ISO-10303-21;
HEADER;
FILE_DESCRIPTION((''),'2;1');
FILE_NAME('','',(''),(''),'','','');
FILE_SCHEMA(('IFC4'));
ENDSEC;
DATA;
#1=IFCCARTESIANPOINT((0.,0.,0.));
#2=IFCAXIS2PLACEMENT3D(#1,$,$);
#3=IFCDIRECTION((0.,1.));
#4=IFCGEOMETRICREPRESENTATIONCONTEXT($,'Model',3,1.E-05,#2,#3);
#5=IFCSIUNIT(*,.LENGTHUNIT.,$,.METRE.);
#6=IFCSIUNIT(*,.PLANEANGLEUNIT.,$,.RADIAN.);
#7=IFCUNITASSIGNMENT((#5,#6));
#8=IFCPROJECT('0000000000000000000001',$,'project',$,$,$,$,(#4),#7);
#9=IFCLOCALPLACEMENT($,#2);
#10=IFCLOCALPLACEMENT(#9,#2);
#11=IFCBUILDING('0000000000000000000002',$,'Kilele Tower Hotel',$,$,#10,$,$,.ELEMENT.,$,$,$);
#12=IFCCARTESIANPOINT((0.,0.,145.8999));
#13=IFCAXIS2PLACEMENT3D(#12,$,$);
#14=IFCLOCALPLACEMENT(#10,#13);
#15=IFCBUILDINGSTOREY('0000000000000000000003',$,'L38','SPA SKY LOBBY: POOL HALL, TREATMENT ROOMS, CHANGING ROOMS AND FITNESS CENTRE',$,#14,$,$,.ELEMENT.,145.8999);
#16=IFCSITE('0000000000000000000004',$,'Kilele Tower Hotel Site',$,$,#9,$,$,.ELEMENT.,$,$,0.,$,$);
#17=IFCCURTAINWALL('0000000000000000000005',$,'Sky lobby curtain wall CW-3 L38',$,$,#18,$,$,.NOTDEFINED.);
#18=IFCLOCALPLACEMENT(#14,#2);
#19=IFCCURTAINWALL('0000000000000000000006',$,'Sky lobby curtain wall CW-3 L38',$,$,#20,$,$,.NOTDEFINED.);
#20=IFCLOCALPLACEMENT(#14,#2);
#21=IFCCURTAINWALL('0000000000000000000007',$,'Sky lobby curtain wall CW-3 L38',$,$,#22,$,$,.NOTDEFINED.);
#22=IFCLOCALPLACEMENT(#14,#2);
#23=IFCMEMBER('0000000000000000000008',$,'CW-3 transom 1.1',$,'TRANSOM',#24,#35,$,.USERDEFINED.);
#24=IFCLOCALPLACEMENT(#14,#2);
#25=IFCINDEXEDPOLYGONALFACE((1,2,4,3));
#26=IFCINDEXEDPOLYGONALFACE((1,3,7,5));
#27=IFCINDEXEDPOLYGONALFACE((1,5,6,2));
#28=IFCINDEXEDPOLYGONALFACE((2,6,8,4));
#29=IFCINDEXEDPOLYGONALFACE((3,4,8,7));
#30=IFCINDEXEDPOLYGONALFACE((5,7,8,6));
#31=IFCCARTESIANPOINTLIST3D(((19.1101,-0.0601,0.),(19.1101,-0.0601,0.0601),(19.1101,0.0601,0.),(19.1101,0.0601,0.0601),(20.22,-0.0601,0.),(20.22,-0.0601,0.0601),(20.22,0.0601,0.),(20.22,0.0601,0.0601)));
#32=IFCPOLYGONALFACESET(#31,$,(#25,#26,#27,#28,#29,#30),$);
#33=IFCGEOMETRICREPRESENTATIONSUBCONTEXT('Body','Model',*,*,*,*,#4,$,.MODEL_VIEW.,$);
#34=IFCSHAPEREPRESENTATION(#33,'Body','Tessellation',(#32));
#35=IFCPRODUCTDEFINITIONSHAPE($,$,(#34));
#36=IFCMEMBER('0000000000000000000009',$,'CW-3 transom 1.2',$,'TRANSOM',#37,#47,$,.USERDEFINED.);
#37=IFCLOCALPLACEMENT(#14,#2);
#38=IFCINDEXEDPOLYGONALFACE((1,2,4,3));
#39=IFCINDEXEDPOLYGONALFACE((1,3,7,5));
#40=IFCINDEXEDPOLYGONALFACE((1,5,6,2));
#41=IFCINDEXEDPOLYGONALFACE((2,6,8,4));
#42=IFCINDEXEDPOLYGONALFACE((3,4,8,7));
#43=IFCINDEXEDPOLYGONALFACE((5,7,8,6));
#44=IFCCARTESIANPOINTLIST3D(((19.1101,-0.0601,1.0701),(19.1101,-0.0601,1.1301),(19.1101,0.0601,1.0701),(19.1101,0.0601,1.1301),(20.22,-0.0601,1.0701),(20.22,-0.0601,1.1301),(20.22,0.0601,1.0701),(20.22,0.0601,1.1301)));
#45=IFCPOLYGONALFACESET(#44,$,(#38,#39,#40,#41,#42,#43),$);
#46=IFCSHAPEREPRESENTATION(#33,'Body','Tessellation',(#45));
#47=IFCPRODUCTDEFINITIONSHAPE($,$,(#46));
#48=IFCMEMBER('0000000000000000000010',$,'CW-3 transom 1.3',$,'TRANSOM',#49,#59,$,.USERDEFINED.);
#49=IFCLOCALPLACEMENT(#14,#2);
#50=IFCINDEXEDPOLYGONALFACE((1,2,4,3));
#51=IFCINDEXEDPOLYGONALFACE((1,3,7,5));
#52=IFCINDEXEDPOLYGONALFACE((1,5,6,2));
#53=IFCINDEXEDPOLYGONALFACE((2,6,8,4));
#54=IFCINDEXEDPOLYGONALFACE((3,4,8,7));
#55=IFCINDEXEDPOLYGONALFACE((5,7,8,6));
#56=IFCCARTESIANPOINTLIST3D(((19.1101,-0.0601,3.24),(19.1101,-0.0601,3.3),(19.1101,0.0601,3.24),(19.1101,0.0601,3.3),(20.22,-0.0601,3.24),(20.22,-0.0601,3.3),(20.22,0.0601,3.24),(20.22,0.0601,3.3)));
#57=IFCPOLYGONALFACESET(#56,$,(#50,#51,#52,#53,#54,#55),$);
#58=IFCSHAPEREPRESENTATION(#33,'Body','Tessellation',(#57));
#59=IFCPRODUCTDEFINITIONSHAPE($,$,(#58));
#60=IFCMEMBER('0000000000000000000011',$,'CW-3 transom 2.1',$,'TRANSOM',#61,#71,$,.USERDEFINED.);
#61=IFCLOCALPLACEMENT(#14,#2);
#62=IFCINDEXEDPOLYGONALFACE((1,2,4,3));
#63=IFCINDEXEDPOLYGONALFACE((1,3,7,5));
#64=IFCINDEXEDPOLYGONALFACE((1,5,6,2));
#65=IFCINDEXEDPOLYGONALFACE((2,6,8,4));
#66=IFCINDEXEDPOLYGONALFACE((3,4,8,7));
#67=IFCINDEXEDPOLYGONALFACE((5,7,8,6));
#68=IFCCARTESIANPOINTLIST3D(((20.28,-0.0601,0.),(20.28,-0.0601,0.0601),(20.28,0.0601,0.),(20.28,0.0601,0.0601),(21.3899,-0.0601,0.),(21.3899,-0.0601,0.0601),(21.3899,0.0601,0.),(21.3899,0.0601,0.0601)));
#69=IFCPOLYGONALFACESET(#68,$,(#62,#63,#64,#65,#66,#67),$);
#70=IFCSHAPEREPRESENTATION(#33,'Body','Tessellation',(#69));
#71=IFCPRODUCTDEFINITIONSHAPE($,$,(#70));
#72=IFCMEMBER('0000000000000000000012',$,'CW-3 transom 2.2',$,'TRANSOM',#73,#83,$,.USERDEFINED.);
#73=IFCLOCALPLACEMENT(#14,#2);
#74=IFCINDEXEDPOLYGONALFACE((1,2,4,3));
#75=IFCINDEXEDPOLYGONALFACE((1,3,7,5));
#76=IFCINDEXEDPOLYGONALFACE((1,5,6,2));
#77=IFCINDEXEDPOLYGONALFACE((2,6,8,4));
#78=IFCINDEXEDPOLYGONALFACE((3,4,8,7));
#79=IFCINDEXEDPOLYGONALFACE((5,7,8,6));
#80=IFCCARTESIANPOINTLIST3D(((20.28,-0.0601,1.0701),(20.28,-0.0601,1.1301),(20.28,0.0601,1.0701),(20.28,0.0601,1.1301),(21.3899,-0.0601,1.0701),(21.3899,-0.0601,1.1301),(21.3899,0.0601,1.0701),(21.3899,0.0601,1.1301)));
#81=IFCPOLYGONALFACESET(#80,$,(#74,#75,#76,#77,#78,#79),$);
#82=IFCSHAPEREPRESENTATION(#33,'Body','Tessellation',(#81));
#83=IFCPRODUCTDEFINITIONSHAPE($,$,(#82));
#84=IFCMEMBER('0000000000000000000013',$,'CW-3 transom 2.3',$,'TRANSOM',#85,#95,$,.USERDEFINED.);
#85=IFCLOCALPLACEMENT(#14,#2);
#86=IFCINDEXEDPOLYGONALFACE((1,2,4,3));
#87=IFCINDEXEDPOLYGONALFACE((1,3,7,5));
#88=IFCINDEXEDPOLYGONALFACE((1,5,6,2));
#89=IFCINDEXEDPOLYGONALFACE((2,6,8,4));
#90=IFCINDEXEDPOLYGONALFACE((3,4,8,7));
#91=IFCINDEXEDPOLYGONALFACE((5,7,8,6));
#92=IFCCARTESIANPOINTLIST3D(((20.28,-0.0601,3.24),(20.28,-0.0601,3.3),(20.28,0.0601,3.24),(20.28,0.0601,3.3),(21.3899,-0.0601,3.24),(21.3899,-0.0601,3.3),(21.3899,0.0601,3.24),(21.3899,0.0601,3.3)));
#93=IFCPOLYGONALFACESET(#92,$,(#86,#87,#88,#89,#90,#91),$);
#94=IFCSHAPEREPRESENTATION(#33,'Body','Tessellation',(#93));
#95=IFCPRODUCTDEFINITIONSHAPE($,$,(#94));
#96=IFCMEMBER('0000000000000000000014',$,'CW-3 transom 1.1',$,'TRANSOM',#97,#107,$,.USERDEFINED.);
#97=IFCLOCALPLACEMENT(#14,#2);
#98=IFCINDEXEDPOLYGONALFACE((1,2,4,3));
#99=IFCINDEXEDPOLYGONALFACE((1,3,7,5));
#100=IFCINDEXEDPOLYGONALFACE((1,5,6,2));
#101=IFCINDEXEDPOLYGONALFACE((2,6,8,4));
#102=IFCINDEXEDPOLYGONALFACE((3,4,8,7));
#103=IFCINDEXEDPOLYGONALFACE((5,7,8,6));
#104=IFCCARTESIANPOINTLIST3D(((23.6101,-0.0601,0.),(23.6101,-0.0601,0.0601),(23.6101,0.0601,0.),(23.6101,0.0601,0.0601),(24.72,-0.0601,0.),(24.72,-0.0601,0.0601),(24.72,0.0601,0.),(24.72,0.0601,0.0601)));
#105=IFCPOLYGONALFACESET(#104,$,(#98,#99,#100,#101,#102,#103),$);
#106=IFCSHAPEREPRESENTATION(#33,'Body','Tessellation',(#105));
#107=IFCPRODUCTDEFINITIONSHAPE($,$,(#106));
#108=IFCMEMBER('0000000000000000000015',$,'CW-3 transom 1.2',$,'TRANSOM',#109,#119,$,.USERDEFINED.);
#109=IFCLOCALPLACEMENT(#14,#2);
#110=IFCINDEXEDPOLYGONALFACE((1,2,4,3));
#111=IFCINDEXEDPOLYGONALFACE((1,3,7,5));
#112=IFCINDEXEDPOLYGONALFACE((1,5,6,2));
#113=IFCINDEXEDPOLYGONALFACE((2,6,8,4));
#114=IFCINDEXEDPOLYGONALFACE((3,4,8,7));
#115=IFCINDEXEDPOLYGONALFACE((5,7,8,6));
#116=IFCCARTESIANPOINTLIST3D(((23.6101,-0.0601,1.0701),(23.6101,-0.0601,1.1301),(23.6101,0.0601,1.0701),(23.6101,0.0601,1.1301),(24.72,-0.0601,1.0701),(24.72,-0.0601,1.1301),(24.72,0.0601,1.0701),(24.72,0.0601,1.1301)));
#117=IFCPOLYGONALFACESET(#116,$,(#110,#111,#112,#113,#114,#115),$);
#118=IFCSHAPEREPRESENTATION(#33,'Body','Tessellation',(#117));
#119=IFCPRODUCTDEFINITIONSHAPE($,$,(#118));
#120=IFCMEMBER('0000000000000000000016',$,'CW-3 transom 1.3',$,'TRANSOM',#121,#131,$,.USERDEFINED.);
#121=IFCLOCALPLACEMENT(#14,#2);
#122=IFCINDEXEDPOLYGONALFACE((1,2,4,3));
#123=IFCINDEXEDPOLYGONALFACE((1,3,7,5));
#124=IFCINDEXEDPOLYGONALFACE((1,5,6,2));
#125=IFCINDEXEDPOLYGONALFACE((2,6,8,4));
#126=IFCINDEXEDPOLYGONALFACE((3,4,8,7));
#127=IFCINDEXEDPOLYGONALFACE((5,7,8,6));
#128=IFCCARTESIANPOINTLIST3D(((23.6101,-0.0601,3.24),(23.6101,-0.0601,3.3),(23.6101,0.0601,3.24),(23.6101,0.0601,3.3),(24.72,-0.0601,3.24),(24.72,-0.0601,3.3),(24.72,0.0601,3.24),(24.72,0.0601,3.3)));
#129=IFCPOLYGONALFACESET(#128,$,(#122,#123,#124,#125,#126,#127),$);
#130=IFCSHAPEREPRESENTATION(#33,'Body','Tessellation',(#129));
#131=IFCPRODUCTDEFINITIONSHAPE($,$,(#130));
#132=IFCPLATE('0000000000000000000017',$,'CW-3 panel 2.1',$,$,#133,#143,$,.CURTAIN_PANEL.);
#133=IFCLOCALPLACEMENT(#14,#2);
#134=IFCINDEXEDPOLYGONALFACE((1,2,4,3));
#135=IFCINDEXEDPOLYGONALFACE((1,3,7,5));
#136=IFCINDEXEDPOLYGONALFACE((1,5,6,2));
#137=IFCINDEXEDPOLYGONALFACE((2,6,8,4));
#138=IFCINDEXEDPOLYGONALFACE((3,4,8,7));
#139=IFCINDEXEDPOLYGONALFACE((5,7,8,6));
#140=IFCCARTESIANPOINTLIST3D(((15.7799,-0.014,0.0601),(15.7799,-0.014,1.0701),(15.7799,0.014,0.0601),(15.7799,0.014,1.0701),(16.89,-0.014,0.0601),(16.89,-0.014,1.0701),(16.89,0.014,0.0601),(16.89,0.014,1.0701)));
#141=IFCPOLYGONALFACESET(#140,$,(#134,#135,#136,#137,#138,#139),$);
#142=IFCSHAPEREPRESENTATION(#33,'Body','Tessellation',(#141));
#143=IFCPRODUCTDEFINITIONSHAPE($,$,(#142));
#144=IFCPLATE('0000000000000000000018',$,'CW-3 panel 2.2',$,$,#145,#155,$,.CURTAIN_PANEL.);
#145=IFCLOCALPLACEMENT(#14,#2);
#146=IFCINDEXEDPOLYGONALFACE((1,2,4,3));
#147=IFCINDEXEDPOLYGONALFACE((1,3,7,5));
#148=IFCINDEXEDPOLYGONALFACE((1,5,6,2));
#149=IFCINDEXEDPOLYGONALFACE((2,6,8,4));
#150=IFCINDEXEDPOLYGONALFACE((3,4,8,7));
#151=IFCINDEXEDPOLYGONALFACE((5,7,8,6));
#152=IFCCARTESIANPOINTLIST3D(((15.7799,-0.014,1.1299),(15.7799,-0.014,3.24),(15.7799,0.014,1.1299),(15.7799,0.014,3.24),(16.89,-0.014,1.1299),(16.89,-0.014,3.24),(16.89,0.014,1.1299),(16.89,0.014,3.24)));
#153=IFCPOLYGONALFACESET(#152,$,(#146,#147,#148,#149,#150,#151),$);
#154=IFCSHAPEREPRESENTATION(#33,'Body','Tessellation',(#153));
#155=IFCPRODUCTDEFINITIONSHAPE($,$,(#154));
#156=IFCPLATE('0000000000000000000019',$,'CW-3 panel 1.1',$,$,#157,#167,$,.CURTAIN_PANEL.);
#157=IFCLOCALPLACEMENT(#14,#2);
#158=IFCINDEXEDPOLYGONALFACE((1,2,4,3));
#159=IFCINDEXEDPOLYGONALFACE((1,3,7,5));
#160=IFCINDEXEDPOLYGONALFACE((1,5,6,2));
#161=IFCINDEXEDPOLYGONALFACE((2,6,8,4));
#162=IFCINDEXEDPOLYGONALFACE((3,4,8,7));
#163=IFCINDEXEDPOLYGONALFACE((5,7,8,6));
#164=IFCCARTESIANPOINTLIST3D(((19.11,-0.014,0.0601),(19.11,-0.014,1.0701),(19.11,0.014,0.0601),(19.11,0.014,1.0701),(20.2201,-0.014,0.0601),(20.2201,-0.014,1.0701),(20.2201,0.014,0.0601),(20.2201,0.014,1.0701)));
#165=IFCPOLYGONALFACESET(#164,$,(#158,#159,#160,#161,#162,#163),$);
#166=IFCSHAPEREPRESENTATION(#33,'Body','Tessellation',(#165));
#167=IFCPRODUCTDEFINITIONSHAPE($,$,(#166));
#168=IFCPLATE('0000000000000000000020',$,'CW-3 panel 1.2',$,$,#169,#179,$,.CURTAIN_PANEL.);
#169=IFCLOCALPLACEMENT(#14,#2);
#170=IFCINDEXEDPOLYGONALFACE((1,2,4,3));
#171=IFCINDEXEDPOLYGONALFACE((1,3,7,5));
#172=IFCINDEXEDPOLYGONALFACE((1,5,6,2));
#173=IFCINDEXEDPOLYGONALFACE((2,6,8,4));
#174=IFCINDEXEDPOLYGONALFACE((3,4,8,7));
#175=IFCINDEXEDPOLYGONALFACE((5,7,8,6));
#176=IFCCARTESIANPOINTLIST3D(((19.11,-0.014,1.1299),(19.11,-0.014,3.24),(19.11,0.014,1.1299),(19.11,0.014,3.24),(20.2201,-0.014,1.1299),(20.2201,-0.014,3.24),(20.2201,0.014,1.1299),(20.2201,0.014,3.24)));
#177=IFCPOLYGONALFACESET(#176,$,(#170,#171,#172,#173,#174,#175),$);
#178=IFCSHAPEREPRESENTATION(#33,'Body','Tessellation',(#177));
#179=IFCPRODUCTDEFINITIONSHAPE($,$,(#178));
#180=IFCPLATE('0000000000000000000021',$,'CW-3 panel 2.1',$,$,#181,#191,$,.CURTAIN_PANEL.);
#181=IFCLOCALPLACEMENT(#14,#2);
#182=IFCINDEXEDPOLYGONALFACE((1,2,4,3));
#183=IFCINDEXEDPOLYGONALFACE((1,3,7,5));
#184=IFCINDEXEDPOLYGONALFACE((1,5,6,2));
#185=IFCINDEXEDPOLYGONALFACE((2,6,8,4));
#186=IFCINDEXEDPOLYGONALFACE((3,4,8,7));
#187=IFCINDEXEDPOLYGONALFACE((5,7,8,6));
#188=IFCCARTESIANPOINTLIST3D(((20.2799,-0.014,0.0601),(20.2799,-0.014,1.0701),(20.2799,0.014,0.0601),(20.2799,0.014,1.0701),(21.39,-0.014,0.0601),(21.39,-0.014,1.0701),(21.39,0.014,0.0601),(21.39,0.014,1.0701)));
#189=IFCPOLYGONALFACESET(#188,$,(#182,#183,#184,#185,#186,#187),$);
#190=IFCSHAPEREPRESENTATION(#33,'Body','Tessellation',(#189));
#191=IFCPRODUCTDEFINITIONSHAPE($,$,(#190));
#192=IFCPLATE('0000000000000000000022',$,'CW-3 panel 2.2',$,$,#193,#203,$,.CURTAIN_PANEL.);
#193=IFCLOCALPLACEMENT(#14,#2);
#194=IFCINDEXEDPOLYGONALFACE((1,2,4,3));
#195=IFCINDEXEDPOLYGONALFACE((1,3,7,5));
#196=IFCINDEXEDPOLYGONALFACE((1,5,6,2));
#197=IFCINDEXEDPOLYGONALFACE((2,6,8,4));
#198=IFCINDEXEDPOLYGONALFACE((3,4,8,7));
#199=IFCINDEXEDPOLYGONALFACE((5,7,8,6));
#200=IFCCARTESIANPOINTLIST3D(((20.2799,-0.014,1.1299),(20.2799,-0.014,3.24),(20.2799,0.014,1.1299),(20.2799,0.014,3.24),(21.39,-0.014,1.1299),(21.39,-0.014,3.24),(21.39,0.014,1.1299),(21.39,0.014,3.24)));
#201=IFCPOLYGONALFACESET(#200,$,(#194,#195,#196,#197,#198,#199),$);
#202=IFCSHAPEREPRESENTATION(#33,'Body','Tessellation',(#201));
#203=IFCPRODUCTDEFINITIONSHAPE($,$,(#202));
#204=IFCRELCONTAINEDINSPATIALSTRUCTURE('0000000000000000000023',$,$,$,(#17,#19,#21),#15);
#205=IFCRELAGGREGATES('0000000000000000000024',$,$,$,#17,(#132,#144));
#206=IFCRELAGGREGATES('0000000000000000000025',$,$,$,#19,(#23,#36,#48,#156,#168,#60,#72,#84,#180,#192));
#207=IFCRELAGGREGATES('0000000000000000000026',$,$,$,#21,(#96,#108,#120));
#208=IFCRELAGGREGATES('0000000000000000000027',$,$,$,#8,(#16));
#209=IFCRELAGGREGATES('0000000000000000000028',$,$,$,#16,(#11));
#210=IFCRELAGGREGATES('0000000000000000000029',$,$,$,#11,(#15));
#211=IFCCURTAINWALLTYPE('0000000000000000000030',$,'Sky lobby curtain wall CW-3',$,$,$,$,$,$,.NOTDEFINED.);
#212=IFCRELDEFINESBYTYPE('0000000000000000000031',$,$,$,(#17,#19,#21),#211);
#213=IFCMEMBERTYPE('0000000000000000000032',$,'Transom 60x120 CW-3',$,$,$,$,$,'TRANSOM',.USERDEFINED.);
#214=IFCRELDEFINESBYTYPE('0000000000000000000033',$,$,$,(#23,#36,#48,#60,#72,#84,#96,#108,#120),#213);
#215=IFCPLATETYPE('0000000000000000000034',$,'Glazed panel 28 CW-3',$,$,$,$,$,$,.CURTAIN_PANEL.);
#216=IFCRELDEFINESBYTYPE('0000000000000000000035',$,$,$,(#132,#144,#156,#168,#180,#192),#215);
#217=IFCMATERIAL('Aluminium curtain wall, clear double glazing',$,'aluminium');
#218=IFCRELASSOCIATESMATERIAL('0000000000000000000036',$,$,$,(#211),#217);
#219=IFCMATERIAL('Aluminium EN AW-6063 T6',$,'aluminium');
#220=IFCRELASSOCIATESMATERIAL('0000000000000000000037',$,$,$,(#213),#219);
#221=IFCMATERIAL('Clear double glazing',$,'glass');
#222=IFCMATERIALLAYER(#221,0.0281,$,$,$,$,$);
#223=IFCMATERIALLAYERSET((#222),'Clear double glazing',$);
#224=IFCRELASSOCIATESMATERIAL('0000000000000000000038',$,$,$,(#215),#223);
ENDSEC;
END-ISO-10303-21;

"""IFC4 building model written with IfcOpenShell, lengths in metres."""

from ifc_helpers import new_model, si_unit, direction, frame, origin, origin_2d, place, context, subcontext, project, spatial, rectangle, extrude, material, layer, layer_set, material_profile, profile_set, type_object, element, aggregate, save


model = new_model("IFC4")

# Units and contexts
model_context = context("Model", 3, precision=1e-05, world=origin(), true_north=direction((0.0, 1.0)))
body_context = subcontext(model_context, "Body", "Model", "MODEL_VIEW")
ifc_project = project(units=[si_unit("LENGTHUNIT", "METRE"), si_unit("PLANEANGLEUNIT", "RADIAN")], contexts=[model_context])

# Site, building, storey
site_placement = place(None, origin())
site = spatial("IfcSite", under=ifc_project, at=site_placement, Name="Kilele Tower Hotel Site", CompositionType="ELEMENT", RefElevation=0.0)
building_placement = place(site_placement, origin())
building = spatial("IfcBuilding", under=site, at=building_placement, Name="Kilele Tower Hotel", CompositionType="ELEMENT")
storey_placement = place(building_placement, frame((0.0, 0.0, 145.8999)))
storey = spatial("IfcBuildingStorey", under=building, at=storey_placement, Name="L38", Description="SPA SKY LOBBY: POOL HALL, TREATMENT ROOMS, CHANGING ROOMS AND FITNESS CENTRE", CompositionType="ELEMENT", Elevation=145.8999)

# Curtain walls
ifc_material_1 = material(Name="Aluminium curtain wall, clear double glazing", Category="aluminium")
curtain_wall_type = type_object("IfcCurtainWallType", Name="Sky lobby curtain wall CW-3", PredefinedType="NOTDEFINED", material=ifc_material_1)
curtain_wall_1_placement = place(storey_placement, origin())
curtain_wall_1 = element("IfcCurtainWall", 1, at=curtain_wall_1_placement, inside=storey, type_object=curtain_wall_type, Name="Sky lobby curtain wall CW-3 L38", PredefinedType="NOTDEFINED")
curtain_wall_2_placement = place(storey_placement, origin())
curtain_wall_2 = element("IfcCurtainWall", 2, at=curtain_wall_2_placement, inside=storey, type_object=curtain_wall_type, Name="Sky lobby curtain wall CW-3 L38", PredefinedType="NOTDEFINED")

# Curtain wall
curtain_wall_3_placement = place(storey_placement, origin())
curtain_wall_3 = element("IfcCurtainWall", 3, at=curtain_wall_3_placement, inside=storey, type_object=curtain_wall_type, Name="Sky lobby curtain wall CW-3 L38", PredefinedType="NOTDEFINED")

# Members
ifc_material_2 = material(Name="Aluminium EN AW-6063 T6", Category="aluminium")
ifc_material_profile_1 = material_profile(ifc_material_2, rectangle(XDim=0.1201, YDim=0.0601, at=origin_2d()))
ifc_profile_set_1 = profile_set([ifc_material_profile_1], Name="Aluminium EN AW-6063 T6")
member_type_1 = type_object("IfcMemberType", Name="Transom 60x120 CW-3", ElementType="TRANSOM", PredefinedType="USERDEFINED", material=ifc_profile_set_1)
member_1_placement = place(storey_placement, frame((19.1101, 0.0, 0.03), z_axis=(1.0, 0.0, 0.0), x_axis=(0.0, 1.0, 0.0)))
member_1 = element("IfcMember", 4, at=member_1_placement, type_object=member_type_1, Name="CW-3 transom 1.1", ObjectType="TRANSOM", PredefinedType="USERDEFINED", context=body_context, shape_type="SweptSolid", body=[
    extrude(rectangle(XDim=0.1201, YDim=0.0601, at=origin_2d()), origin(), (0.0, 0.0, 1.0), 1.1099),
])
member_2_placement = place(storey_placement, frame((19.1101, 0.0, 1.1001), z_axis=(1.0, 0.0, 0.0), x_axis=(0.0, 1.0, 0.0)))
member_2 = element("IfcMember", 5, at=member_2_placement, type_object=member_type_1, Name="CW-3 transom 1.2", ObjectType="TRANSOM", PredefinedType="USERDEFINED", context=body_context, shape_type="SweptSolid", body=[
    extrude(rectangle(XDim=0.1201, YDim=0.0601, at=origin_2d()), origin(), (0.0, 0.0, 1.0), 1.1099),
])
member_3_placement = place(storey_placement, frame((19.1101, 0.0, 3.27), z_axis=(1.0, 0.0, 0.0), x_axis=(0.0, 1.0, 0.0)))
member_3 = element("IfcMember", 6, at=member_3_placement, type_object=member_type_1, Name="CW-3 transom 1.3", ObjectType="TRANSOM", PredefinedType="USERDEFINED", context=body_context, shape_type="SweptSolid", body=[
    extrude(rectangle(XDim=0.1201, YDim=0.0601, at=origin_2d()), origin(), (0.0, 0.0, 1.0), 1.1099),
])
member_4_placement = place(storey_placement, frame((20.28, 0.0, 0.03), z_axis=(1.0, 0.0, 0.0), x_axis=(0.0, 1.0, 0.0)))
member_4 = element("IfcMember", 7, at=member_4_placement, type_object=member_type_1, Name="CW-3 transom 2.1", ObjectType="TRANSOM", PredefinedType="USERDEFINED", context=body_context, shape_type="SweptSolid", body=[
    extrude(rectangle(XDim=0.1201, YDim=0.0601, at=origin_2d()), origin(), (0.0, 0.0, 1.0), 1.1099),
])
member_5_placement = place(storey_placement, frame((20.28, 0.0, 1.1001), z_axis=(1.0, 0.0, 0.0), x_axis=(0.0, 1.0, 0.0)))
member_5 = element("IfcMember", 8, at=member_5_placement, type_object=member_type_1, Name="CW-3 transom 2.2", ObjectType="TRANSOM", PredefinedType="USERDEFINED", context=body_context, shape_type="SweptSolid", body=[
    extrude(rectangle(XDim=0.1201, YDim=0.0601, at=origin_2d()), origin(), (0.0, 0.0, 1.0), 1.1099),
])
member_6_placement = place(storey_placement, frame((20.28, 0.0, 3.27), z_axis=(1.0, 0.0, 0.0), x_axis=(0.0, 1.0, 0.0)))
member_6 = element("IfcMember", 9, at=member_6_placement, type_object=member_type_1, Name="CW-3 transom 2.3", ObjectType="TRANSOM", PredefinedType="USERDEFINED", context=body_context, shape_type="SweptSolid", body=[
    extrude(rectangle(XDim=0.1201, YDim=0.0601, at=origin_2d()), origin(), (0.0, 0.0, 1.0), 1.1099),
])
member_7_placement = place(storey_placement, frame((23.6101, 0.0, 0.03), z_axis=(1.0, 0.0, 0.0), x_axis=(0.0, 1.0, 0.0)))
member_7 = element("IfcMember", 10, at=member_7_placement, type_object=member_type_1, Name="CW-3 transom 1.1", ObjectType="TRANSOM", PredefinedType="USERDEFINED", context=body_context, shape_type="SweptSolid", body=[
    extrude(rectangle(XDim=0.1201, YDim=0.0601, at=origin_2d()), origin(), (0.0, 0.0, 1.0), 1.1099),
])
member_8_placement = place(storey_placement, frame((23.6101, 0.0, 1.1001), z_axis=(1.0, 0.0, 0.0), x_axis=(0.0, 1.0, 0.0)))
member_8 = element("IfcMember", 11, at=member_8_placement, type_object=member_type_1, Name="CW-3 transom 1.2", ObjectType="TRANSOM", PredefinedType="USERDEFINED", context=body_context, shape_type="SweptSolid", body=[
    extrude(rectangle(XDim=0.1201, YDim=0.0601, at=origin_2d()), origin(), (0.0, 0.0, 1.0), 1.1099),
])
member_9_placement = place(storey_placement, frame((23.6101, 0.0, 3.27), z_axis=(1.0, 0.0, 0.0), x_axis=(0.0, 1.0, 0.0)))
member_9 = element("IfcMember", 12, at=member_9_placement, type_object=member_type_1, Name="CW-3 transom 1.3", ObjectType="TRANSOM", PredefinedType="USERDEFINED", context=body_context, shape_type="SweptSolid", body=[
    extrude(rectangle(XDim=0.1201, YDim=0.0601, at=origin_2d()), origin(), (0.0, 0.0, 1.0), 1.1099),
])

# Plates
ifc_material_3 = material(Name="Clear double glazing", Category="glass")
ifc_layer_1 = layer(ifc_material_3, 0.0281)
ifc_layer_set_1 = layer_set([ifc_layer_1], Name="Clear double glazing")
plate_type = type_object("IfcPlateType", Name="Glazed panel 28 CW-3", PredefinedType="CURTAIN_PANEL", material=ifc_layer_set_1)
plate_1_placement = place(storey_placement, frame((16.335, 0.0, 0.0601), z_axis=(0.0, 0.0, 1.0), x_axis=(1.0, 0.0, 0.0)))
plate_1 = element("IfcPlate", 13, at=plate_1_placement, type_object=plate_type, Name="CW-3 panel 2.1", PredefinedType="CURTAIN_PANEL", context=body_context, shape_type="SweptSolid", body=[
    extrude(rectangle(XDim=1.1101, YDim=0.0281, at=origin_2d()), origin(), (0.0, 0.0, 1.0), 1.01),
])
plate_2_placement = place(storey_placement, frame((16.335, 0.0, 1.1299), z_axis=(0.0, 0.0, 1.0), x_axis=(1.0, 0.0, 0.0)))
plate_2 = element("IfcPlate", 14, at=plate_2_placement, type_object=plate_type, Name="CW-3 panel 2.2", PredefinedType="CURTAIN_PANEL", context=body_context, shape_type="SweptSolid", body=[
    extrude(rectangle(XDim=1.1101, YDim=0.0281, at=origin_2d()), origin(), (0.0, 0.0, 1.0), 2.1101),
])
aggregate(curtain_wall_1, [plate_1, plate_2])
plate_3_placement = place(storey_placement, frame((19.665, 0.0, 0.0601), z_axis=(0.0, 0.0, 1.0), x_axis=(1.0, 0.0, 0.0)))
plate_3 = element("IfcPlate", 15, at=plate_3_placement, type_object=plate_type, Name="CW-3 panel 1.1", PredefinedType="CURTAIN_PANEL", context=body_context, shape_type="SweptSolid", body=[
    extrude(rectangle(XDim=1.1101, YDim=0.0281, at=origin_2d()), origin(), (0.0, 0.0, 1.0), 1.01),
])
plate_4_placement = place(storey_placement, frame((19.665, 0.0, 1.1299), z_axis=(0.0, 0.0, 1.0), x_axis=(1.0, 0.0, 0.0)))
plate_4 = element("IfcPlate", 16, at=plate_4_placement, type_object=plate_type, Name="CW-3 panel 1.2", PredefinedType="CURTAIN_PANEL", context=body_context, shape_type="SweptSolid", body=[
    extrude(rectangle(XDim=1.1101, YDim=0.0281, at=origin_2d()), origin(), (0.0, 0.0, 1.0), 2.1101),
])
plate_5_placement = place(storey_placement, frame((20.835, 0.0, 0.0601), z_axis=(0.0, 0.0, 1.0), x_axis=(1.0, 0.0, 0.0)))
plate_5 = element("IfcPlate", 17, at=plate_5_placement, type_object=plate_type, Name="CW-3 panel 2.1", PredefinedType="CURTAIN_PANEL", context=body_context, shape_type="SweptSolid", body=[
    extrude(rectangle(XDim=1.1101, YDim=0.0281, at=origin_2d()), origin(), (0.0, 0.0, 1.0), 1.01),
])
plate_6_placement = place(storey_placement, frame((20.835, 0.0, 1.1299), z_axis=(0.0, 0.0, 1.0), x_axis=(1.0, 0.0, 0.0)))
plate_6 = element("IfcPlate", 18, at=plate_6_placement, type_object=plate_type, Name="CW-3 panel 2.2", PredefinedType="CURTAIN_PANEL", context=body_context, shape_type="SweptSolid", body=[
    extrude(rectangle(XDim=1.1101, YDim=0.0281, at=origin_2d()), origin(), (0.0, 0.0, 1.0), 2.1101),
])
aggregate(curtain_wall_2, [member_1, member_2, member_3, plate_3, plate_4, member_4, member_5, member_6, plate_5, plate_6])
aggregate(curtain_wall_3, [member_7, member_8, member_9])

save(model, "model.ifc")
